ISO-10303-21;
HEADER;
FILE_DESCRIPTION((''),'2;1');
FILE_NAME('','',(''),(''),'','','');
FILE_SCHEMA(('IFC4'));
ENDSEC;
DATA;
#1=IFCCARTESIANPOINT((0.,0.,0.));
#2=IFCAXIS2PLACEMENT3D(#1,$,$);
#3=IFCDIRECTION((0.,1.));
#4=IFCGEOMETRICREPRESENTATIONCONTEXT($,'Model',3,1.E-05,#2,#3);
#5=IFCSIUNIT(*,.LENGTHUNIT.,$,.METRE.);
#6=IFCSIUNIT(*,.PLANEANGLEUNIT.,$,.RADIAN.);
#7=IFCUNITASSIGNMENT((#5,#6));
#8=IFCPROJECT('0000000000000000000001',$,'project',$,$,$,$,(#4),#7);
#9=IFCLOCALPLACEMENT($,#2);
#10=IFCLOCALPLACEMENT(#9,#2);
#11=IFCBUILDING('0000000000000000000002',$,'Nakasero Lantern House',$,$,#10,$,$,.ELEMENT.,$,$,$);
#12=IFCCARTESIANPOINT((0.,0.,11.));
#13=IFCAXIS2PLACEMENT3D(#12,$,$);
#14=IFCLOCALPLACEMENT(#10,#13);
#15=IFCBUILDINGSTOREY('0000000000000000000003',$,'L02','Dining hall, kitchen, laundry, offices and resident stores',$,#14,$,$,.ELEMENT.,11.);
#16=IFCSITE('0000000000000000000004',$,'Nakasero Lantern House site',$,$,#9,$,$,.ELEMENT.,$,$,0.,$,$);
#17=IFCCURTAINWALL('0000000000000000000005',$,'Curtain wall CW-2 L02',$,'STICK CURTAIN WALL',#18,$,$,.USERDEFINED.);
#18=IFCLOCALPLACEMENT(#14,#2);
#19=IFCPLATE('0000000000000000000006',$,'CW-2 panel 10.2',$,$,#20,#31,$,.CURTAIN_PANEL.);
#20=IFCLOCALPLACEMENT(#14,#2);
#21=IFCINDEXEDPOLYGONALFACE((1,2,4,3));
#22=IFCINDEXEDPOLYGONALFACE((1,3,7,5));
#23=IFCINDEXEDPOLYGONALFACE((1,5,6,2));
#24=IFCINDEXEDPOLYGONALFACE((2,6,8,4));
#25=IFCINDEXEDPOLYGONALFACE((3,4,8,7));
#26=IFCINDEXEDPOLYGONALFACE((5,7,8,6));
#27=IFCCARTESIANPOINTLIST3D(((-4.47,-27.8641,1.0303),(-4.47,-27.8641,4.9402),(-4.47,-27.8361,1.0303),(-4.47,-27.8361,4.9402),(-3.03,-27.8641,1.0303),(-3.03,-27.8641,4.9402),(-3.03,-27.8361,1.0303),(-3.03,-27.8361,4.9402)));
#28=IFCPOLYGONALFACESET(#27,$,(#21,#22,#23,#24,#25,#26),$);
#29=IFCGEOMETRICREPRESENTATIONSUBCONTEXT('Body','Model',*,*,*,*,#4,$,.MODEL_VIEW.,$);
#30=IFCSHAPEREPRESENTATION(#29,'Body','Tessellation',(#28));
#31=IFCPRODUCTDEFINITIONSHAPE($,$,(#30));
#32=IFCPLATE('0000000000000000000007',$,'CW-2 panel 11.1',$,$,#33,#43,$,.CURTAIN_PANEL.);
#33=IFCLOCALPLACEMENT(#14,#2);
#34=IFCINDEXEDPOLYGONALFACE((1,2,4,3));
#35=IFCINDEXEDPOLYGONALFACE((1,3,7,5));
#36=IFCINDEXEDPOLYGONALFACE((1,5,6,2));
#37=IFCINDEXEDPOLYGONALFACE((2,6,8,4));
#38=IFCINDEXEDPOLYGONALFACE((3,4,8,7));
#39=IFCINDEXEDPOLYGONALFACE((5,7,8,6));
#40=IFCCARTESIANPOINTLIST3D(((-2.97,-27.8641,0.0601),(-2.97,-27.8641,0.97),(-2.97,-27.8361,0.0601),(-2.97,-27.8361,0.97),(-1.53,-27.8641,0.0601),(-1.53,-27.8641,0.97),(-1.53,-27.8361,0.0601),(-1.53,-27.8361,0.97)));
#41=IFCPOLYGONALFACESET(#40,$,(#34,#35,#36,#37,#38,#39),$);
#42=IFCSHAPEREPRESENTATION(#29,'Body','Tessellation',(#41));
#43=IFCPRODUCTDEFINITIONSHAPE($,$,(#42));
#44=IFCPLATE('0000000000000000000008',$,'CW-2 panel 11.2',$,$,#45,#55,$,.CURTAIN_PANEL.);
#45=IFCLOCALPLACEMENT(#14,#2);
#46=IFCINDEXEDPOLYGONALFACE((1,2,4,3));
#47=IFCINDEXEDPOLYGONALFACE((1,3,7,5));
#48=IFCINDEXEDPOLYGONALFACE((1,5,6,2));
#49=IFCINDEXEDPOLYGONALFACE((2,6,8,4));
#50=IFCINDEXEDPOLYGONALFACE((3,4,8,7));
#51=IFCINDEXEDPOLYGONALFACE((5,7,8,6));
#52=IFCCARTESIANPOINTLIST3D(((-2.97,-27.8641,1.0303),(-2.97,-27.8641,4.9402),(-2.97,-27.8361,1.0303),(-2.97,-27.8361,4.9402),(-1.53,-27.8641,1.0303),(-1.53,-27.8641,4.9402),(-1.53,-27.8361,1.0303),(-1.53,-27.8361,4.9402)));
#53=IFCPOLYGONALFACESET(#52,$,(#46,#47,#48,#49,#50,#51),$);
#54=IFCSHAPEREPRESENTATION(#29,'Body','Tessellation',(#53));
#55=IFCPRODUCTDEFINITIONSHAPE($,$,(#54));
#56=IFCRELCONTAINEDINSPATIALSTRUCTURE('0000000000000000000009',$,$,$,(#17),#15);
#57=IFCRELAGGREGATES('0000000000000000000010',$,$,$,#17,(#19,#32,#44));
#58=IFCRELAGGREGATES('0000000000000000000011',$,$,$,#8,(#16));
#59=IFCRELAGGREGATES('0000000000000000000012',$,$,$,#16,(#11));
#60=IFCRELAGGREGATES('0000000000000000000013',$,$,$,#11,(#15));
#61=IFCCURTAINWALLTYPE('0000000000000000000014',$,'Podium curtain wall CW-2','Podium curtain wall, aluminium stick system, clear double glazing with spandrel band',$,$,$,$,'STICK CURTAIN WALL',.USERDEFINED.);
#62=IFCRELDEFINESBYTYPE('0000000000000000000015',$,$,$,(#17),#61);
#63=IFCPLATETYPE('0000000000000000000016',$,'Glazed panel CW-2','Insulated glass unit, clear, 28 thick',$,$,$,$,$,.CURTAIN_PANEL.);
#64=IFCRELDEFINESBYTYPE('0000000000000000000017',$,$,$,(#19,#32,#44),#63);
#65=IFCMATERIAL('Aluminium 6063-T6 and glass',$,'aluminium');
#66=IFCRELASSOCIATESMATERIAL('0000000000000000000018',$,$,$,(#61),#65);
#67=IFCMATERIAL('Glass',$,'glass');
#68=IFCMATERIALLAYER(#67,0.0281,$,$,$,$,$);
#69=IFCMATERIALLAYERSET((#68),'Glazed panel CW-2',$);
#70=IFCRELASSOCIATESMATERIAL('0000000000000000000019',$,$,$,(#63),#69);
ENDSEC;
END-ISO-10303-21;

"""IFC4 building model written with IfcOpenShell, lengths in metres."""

from ifc_helpers import new_model, si_unit, direction, frame, origin, origin_2d, place, context, subcontext, project, spatial, rectangle, extrude, material, layer, layer_set, type_object, element, aggregate, save


model = new_model("IFC4")

# Units and contexts
model_context = context("Model", 3, precision=1e-05, world=origin(), true_north=direction((0.0, 1.0)))
body_context = subcontext(model_context, "Body", "Model", "MODEL_VIEW")
ifc_project = project(units=[si_unit("LENGTHUNIT", "METRE"), si_unit("PLANEANGLEUNIT", "RADIAN")], contexts=[model_context])

# Site, building, storey
site_placement = place(None, origin())
site = spatial("IfcSite", under=ifc_project, at=site_placement, Name="Nakasero Lantern House site", CompositionType="ELEMENT", RefElevation=0.0)
building_placement = place(site_placement, origin())
building = spatial("IfcBuilding", under=site, at=building_placement, Name="Nakasero Lantern House", CompositionType="ELEMENT")
storey_placement = place(building_placement, frame((0.0, 0.0, 11.0)))
storey = spatial("IfcBuildingStorey", under=building, at=storey_placement, Name="L02", Description="Dining hall, kitchen, laundry, offices and resident stores", CompositionType="ELEMENT", Elevation=11.0)

# Curtain wall, plates
ifc_material_1 = material(Name="Aluminium 6063-T6 and glass", Category="aluminium")
curtain_wall_type = type_object("IfcCurtainWallType", Name="Podium curtain wall CW-2", Description="Podium curtain wall, aluminium stick system, clear double glazing with spandrel band", ElementType="STICK CURTAIN WALL", PredefinedType="USERDEFINED", material=ifc_material_1)
curtain_wall_placement = place(storey_placement, origin())
curtain_wall = element("IfcCurtainWall", 1, at=curtain_wall_placement, inside=storey, type_object=curtain_wall_type, Name="Curtain wall CW-2 L02", ObjectType="STICK CURTAIN WALL", PredefinedType="USERDEFINED")
ifc_material_2 = material(Name="Glass", Category="glass")
ifc_layer = layer(ifc_material_2, 0.0281)
ifc_layer_set = layer_set([ifc_layer], Name="Glazed panel CW-2")
plate_type = type_object("IfcPlateType", Name="Glazed panel CW-2", Description="Insulated glass unit, clear, 28 thick", PredefinedType="CURTAIN_PANEL", material=ifc_layer_set)
plate_1_placement = place(storey_placement, frame((-3.75, -27.8501, 1.0303), z_axis=(0.0, 0.0, 1.0), x_axis=(1.0, 0.0, 0.0)))
plate_1 = element("IfcPlate", 2, at=plate_1_placement, type_object=plate_type, Name="CW-2 panel 10.2", PredefinedType="CURTAIN_PANEL", context=body_context, shape_type="SweptSolid", body=[
    extrude(rectangle(XDim=1.4399, YDim=0.0281, at=origin_2d()), origin(), (0.0, 0.0, 1.0), 3.9099),
])
plate_2_placement = place(storey_placement, frame((-2.25, -27.8501, 0.0601), z_axis=(0.0, 0.0, 1.0), x_axis=(1.0, 0.0, 0.0)))
plate_2 = element("IfcPlate", 3, at=plate_2_placement, type_object=plate_type, Name="CW-2 panel 11.1", PredefinedType="CURTAIN_PANEL", context=body_context, shape_type="SweptSolid", body=[
    extrude(rectangle(XDim=1.4399, YDim=0.0281, at=origin_2d()), origin(), (0.0, 0.0, 1.0), 0.9099),
])
plate_3_placement = place(storey_placement, frame((-2.25, -27.8501, 1.0303), z_axis=(0.0, 0.0, 1.0), x_axis=(1.0, 0.0, 0.0)))
plate_3 = element("IfcPlate", 4, at=plate_3_placement, type_object=plate_type, Name="CW-2 panel 11.2", PredefinedType="CURTAIN_PANEL", context=body_context, shape_type="SweptSolid", body=[
    extrude(rectangle(XDim=1.4399, YDim=0.0281, at=origin_2d()), origin(), (0.0, 0.0, 1.0), 3.9099),
])
aggregate(curtain_wall, [plate_1, plate_2, plate_3])

save(model, "model.ifc")
